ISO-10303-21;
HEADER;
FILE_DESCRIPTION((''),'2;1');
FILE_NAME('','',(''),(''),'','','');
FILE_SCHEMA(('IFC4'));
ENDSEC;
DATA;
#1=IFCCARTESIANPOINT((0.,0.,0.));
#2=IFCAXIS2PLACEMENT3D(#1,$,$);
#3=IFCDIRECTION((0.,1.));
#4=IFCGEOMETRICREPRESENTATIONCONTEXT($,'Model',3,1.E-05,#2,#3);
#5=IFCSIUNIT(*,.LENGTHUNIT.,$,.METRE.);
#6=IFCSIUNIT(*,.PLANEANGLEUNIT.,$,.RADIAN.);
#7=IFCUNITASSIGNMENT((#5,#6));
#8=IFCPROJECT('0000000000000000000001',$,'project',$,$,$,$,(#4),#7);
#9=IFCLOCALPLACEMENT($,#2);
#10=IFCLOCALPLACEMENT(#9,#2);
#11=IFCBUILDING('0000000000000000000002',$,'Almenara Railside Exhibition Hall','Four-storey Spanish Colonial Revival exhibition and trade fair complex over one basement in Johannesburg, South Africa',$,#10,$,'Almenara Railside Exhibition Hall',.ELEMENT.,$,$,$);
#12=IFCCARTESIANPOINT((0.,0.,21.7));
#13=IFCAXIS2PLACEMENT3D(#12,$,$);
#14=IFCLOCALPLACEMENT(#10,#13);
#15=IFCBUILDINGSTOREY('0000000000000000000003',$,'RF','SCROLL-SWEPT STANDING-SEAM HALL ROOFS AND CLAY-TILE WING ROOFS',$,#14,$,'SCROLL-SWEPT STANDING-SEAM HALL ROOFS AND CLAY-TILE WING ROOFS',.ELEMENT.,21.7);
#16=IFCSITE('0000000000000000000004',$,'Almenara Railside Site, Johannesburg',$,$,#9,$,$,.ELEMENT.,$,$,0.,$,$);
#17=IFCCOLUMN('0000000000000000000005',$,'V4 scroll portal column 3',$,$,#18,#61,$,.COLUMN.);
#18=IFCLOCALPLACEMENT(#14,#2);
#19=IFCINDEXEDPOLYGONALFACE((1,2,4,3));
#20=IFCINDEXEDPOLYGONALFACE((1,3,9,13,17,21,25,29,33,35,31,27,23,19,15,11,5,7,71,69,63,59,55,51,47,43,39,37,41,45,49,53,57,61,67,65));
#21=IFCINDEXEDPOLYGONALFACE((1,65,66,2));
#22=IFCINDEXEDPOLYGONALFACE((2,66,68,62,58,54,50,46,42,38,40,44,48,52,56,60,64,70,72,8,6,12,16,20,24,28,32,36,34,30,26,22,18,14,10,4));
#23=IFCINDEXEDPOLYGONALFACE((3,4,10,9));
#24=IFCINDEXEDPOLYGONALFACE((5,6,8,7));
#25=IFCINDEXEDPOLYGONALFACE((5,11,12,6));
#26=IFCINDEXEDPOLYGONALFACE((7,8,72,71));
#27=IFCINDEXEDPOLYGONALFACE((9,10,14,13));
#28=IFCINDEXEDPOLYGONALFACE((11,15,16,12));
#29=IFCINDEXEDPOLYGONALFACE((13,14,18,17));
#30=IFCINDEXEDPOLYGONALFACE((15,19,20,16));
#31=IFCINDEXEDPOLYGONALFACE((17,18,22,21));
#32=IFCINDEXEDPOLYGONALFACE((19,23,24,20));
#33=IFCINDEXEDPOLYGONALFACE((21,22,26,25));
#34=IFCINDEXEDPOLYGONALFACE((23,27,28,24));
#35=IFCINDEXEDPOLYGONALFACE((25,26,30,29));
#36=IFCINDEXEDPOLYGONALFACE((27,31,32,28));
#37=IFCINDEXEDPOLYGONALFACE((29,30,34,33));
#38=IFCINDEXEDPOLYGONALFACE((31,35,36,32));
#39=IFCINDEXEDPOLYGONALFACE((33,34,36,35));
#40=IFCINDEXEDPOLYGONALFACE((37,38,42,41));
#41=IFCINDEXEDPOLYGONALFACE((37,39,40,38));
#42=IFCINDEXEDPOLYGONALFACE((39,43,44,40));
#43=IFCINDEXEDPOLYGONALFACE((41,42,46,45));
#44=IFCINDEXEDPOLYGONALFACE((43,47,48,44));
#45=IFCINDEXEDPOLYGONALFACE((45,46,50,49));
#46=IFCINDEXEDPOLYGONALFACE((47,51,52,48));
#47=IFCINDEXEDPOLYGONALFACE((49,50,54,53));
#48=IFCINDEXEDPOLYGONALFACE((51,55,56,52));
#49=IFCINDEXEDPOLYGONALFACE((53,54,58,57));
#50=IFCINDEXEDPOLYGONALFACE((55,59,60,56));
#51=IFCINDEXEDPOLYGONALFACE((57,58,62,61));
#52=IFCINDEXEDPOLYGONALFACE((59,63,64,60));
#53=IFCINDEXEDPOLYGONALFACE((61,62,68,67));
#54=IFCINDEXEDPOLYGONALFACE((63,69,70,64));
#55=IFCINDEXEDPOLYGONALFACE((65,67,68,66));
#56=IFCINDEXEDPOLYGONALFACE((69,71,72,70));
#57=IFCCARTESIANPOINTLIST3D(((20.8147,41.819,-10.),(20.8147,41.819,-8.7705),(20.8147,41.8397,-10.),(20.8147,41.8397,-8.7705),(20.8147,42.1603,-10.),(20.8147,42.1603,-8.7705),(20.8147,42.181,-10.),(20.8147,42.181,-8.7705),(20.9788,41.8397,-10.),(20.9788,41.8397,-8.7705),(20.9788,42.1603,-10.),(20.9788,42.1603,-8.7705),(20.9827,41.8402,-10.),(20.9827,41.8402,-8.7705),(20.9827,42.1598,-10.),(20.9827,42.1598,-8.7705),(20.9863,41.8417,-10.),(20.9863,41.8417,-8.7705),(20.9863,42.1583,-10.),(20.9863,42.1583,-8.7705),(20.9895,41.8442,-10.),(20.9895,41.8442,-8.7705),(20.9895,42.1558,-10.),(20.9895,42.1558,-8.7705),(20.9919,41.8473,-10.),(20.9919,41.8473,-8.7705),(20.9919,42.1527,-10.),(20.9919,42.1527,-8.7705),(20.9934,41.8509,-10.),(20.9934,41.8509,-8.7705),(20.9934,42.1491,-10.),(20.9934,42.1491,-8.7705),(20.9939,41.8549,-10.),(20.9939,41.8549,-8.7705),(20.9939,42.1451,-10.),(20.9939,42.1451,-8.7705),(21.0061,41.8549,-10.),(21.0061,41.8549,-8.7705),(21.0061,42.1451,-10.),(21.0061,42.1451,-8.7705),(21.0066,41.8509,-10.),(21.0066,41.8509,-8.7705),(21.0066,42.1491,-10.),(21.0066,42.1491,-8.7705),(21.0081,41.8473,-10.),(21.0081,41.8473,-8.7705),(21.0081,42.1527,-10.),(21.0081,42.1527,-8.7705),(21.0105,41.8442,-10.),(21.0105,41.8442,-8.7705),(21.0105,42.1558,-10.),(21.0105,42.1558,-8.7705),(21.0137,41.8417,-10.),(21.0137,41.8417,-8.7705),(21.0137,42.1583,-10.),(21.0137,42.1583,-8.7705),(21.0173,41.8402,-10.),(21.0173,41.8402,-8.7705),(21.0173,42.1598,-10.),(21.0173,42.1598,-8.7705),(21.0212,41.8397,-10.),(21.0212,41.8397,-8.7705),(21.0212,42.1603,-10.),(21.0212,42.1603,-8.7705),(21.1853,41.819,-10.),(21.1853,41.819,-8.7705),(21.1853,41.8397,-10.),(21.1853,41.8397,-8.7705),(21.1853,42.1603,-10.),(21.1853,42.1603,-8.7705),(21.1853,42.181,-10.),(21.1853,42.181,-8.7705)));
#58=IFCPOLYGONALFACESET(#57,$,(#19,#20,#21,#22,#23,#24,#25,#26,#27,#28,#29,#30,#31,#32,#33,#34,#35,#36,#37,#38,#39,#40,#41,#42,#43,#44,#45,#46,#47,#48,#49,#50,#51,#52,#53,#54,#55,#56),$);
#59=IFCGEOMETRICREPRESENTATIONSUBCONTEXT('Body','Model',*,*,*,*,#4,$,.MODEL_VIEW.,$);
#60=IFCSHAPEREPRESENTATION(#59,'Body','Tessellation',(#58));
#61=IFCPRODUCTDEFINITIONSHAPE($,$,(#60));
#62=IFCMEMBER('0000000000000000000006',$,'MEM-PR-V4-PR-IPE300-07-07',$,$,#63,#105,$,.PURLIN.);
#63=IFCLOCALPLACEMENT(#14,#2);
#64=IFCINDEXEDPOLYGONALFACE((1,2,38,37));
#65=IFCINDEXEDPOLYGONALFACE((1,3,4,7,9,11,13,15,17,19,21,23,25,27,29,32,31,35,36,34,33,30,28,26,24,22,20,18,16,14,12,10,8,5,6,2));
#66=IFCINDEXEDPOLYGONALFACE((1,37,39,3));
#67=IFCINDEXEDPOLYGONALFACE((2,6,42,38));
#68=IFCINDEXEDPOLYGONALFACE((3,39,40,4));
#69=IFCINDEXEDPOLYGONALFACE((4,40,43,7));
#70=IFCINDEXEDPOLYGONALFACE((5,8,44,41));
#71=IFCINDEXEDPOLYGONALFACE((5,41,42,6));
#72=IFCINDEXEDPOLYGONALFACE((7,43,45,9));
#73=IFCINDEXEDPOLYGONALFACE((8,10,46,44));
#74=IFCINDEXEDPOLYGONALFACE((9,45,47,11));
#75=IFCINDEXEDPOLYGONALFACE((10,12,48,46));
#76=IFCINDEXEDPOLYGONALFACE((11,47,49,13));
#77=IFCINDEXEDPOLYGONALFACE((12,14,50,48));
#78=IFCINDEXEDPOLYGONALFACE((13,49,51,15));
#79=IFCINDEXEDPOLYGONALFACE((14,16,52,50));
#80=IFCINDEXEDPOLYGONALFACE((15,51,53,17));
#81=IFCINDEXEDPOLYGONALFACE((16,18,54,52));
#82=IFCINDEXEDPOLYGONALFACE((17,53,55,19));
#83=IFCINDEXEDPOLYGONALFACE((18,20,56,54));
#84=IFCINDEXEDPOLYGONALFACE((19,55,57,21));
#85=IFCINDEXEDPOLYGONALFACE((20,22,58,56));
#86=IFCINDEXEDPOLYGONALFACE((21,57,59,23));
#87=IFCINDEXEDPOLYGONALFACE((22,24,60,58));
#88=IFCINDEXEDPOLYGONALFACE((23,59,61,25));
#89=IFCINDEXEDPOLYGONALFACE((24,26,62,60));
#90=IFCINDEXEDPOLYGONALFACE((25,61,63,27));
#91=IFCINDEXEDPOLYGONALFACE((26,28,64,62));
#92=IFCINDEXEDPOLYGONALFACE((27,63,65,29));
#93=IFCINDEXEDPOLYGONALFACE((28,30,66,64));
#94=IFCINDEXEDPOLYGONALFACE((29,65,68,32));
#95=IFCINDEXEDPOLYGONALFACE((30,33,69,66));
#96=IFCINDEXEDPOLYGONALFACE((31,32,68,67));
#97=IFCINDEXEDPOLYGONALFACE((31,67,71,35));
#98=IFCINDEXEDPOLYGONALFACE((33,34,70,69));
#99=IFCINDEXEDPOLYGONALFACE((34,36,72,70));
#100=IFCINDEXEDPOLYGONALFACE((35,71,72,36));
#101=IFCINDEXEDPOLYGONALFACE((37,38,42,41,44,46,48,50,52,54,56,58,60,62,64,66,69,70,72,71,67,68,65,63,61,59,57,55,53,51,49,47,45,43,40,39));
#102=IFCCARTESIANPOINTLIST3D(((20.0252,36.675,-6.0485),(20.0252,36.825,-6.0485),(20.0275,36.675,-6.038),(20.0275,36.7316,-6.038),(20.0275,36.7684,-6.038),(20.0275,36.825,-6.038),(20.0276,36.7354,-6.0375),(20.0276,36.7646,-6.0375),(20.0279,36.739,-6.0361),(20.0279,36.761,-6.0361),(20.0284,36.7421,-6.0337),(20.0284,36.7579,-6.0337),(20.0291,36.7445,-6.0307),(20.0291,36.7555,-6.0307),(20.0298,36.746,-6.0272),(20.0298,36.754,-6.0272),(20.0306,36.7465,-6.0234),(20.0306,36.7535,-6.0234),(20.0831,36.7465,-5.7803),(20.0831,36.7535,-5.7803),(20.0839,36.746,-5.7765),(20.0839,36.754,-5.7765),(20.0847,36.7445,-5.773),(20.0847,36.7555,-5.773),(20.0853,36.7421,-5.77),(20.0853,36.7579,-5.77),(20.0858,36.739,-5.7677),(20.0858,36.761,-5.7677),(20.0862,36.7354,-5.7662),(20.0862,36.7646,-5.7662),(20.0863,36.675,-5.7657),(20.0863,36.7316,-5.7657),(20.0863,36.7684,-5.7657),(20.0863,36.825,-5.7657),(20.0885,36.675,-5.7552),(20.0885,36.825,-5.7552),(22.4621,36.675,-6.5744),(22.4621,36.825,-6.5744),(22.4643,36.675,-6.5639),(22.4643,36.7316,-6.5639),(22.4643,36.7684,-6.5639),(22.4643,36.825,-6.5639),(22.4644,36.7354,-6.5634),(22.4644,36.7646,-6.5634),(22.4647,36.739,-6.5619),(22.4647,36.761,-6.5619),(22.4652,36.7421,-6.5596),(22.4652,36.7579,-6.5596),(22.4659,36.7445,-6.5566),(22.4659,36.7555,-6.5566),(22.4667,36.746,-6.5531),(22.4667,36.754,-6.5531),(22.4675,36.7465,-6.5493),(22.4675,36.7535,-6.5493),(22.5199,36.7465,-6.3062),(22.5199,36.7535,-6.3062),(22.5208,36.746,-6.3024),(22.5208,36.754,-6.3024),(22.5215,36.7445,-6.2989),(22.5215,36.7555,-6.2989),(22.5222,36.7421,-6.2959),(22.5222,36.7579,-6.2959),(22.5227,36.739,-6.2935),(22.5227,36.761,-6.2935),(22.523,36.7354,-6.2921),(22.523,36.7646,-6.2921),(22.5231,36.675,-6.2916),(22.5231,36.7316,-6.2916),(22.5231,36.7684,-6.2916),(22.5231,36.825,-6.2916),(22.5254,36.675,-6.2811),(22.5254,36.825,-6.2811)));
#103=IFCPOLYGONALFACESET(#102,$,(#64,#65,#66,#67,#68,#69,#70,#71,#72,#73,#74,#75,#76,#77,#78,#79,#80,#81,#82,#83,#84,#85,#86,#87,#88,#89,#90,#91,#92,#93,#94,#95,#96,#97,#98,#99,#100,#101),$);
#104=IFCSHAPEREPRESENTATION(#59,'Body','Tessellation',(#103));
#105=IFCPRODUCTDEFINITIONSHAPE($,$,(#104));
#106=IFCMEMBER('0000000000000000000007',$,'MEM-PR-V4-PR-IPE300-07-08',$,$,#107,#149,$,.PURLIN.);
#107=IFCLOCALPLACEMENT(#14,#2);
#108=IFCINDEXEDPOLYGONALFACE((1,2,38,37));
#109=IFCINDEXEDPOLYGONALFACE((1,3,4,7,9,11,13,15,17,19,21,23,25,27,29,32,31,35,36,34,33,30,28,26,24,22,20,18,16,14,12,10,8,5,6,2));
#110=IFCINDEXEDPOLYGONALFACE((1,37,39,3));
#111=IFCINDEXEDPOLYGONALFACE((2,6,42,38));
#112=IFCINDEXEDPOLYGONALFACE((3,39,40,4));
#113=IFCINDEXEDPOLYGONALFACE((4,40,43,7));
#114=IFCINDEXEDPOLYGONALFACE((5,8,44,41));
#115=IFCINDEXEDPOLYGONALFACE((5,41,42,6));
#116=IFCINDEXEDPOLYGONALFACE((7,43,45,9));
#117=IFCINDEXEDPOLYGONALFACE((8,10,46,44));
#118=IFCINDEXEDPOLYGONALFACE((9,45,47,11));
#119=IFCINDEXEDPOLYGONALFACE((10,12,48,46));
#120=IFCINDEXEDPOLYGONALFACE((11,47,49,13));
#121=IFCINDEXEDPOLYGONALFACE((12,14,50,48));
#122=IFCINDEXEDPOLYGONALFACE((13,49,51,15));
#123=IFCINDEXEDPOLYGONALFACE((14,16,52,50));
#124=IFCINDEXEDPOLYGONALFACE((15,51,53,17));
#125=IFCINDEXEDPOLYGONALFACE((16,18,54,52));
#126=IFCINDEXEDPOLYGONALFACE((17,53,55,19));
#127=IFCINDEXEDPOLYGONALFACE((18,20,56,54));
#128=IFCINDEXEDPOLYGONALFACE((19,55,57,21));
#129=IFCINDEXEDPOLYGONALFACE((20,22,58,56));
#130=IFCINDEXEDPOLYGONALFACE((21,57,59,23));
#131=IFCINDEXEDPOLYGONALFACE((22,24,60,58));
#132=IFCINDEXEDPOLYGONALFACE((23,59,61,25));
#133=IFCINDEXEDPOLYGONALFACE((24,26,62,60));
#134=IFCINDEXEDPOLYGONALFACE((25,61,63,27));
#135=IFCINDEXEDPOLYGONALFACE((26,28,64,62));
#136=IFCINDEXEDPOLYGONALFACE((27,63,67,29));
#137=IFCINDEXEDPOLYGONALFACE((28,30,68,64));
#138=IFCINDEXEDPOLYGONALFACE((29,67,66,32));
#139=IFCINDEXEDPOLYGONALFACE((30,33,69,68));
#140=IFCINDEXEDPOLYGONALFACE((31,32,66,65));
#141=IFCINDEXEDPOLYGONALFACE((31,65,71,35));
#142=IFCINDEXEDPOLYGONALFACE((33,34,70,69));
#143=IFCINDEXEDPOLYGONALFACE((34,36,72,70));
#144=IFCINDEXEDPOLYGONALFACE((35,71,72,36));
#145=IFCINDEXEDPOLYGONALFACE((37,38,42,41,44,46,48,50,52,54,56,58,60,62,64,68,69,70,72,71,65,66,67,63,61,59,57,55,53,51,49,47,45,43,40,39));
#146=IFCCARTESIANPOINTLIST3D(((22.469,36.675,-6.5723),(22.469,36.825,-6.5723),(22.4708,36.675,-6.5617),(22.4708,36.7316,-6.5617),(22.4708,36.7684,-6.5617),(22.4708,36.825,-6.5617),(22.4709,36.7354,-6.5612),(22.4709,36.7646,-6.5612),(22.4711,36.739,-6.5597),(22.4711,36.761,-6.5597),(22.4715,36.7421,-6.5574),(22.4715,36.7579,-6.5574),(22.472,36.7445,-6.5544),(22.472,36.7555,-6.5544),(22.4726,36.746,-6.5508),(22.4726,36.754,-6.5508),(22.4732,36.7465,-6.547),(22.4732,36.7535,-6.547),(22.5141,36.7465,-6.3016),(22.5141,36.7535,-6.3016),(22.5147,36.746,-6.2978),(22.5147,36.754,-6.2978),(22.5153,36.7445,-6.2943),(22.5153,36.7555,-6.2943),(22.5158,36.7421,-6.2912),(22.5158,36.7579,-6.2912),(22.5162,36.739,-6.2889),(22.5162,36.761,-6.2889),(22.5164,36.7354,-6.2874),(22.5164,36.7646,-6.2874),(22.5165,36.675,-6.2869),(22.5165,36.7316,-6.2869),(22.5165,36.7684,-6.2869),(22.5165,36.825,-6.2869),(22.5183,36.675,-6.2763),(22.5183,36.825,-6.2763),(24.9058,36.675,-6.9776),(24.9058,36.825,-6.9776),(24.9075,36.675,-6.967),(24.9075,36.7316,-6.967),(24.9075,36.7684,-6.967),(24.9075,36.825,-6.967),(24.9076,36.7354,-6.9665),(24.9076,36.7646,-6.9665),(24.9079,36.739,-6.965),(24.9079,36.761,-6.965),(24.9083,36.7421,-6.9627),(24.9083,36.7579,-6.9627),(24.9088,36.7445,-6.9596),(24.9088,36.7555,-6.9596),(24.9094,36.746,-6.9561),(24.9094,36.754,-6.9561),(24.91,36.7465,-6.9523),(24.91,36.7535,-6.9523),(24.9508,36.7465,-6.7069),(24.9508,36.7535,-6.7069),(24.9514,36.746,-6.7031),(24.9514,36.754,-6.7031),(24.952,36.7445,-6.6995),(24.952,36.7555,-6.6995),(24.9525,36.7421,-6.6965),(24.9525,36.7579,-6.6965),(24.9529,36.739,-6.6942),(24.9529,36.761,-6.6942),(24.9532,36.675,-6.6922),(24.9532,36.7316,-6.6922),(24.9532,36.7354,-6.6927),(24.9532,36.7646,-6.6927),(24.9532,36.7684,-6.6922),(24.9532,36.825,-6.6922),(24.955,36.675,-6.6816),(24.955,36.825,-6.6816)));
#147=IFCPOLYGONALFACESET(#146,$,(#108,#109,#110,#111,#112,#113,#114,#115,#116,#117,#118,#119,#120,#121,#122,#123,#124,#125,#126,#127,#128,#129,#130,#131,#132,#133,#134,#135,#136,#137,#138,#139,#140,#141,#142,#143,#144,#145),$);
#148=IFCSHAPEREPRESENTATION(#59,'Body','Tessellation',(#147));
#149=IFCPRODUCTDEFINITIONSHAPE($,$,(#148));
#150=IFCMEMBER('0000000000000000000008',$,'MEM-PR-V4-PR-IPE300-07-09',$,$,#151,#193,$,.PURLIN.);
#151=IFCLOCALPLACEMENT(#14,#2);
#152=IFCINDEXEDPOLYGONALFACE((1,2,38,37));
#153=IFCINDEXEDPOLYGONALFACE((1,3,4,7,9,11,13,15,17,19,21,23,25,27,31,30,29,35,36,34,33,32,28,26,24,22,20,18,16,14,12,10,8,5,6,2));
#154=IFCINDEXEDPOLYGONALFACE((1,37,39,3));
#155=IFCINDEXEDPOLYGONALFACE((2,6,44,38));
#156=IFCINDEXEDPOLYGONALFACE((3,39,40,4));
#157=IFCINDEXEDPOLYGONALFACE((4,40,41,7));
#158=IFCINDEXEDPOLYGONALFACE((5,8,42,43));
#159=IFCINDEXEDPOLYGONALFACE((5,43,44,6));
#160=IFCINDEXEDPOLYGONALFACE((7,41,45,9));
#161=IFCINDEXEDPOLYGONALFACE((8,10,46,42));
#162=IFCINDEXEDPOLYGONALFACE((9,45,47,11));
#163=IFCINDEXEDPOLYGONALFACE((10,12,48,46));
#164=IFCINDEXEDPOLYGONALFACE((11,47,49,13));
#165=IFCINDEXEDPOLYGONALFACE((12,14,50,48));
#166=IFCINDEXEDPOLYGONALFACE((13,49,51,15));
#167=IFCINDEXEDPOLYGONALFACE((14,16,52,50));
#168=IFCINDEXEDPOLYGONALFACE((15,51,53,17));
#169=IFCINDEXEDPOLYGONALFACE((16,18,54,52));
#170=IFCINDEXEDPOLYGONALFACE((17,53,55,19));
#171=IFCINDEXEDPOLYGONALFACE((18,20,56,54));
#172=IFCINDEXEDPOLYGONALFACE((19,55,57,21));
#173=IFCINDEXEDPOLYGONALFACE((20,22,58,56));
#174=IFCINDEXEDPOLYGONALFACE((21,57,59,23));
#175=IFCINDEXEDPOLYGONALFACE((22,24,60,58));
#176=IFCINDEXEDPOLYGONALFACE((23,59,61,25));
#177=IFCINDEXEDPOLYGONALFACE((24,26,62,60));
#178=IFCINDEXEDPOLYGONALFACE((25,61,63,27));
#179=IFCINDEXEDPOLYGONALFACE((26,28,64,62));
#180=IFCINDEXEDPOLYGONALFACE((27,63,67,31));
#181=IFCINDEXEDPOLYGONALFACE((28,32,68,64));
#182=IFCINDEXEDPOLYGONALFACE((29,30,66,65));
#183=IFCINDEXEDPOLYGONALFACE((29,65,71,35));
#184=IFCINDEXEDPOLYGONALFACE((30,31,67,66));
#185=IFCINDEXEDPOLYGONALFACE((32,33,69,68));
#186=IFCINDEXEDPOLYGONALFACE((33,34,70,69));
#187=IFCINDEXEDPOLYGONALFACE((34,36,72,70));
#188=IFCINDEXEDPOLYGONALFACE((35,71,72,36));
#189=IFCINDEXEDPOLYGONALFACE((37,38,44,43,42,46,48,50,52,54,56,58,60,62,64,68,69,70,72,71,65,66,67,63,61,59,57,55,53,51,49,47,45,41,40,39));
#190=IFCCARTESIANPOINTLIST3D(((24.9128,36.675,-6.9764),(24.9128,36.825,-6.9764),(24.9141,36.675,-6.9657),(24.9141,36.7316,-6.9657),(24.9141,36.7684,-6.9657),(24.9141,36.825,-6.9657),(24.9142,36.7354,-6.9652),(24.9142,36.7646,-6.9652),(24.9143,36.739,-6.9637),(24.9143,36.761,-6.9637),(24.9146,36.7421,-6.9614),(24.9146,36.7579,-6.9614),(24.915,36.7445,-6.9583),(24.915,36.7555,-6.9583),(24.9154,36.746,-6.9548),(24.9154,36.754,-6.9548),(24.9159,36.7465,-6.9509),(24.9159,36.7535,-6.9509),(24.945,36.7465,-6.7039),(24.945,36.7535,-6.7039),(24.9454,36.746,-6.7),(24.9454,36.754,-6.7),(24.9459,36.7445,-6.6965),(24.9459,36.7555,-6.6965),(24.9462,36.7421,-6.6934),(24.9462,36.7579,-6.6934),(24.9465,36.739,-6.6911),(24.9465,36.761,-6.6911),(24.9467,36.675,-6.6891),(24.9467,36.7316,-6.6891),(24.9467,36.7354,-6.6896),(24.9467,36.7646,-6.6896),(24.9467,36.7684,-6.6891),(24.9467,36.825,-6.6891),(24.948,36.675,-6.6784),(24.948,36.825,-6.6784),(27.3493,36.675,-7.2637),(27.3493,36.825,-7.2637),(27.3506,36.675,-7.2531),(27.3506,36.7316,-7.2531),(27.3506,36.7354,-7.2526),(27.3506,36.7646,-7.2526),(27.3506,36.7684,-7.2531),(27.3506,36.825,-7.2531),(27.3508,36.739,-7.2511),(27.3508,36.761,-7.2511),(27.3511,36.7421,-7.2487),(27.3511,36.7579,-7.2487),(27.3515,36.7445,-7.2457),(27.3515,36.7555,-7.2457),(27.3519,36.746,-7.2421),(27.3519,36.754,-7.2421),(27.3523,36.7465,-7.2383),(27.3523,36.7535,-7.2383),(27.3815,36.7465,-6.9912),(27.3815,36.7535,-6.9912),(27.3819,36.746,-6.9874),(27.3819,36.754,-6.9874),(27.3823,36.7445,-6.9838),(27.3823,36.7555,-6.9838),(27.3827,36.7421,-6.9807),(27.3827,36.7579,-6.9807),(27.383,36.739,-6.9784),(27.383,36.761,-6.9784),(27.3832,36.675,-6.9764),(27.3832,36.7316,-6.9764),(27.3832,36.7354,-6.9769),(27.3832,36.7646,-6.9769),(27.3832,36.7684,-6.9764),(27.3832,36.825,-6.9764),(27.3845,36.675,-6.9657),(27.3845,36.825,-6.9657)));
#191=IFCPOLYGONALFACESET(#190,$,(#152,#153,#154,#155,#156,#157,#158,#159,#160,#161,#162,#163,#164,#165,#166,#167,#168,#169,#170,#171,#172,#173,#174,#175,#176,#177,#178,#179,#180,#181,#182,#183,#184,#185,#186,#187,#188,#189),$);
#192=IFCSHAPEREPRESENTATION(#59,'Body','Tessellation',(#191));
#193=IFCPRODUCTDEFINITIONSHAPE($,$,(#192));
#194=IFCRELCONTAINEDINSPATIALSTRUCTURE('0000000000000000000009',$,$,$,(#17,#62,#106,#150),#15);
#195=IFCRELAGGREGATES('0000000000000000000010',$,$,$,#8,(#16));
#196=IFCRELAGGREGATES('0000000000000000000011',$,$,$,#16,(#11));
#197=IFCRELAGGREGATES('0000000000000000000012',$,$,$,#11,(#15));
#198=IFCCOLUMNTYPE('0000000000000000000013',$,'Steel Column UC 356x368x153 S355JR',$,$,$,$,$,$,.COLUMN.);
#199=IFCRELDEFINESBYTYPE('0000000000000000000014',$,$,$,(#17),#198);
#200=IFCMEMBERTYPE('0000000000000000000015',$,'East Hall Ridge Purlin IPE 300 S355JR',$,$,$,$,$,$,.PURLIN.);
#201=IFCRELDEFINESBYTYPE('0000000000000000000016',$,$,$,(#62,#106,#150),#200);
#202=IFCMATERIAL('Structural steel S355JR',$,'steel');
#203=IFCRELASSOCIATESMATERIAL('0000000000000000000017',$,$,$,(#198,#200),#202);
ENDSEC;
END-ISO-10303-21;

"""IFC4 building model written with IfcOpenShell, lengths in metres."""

from ifc_helpers import new_model, si_unit, direction, frame, origin, origin_2d, place, context, subcontext, project, spatial, i_section, extrude, material, material_profile, profile_set, type_object, element, save


model = new_model("IFC4")

# Units and contexts
model_context = context("Model", 3, precision=1e-05, world=origin(), true_north=direction((0.0, 1.0)))
body_context = subcontext(model_context, "Body", "Model", "MODEL_VIEW")
ifc_project = project(units=[si_unit("LENGTHUNIT", "METRE"), si_unit("PLANEANGLEUNIT", "RADIAN")], contexts=[model_context])

# Site, building, storey
site_placement = place(None, origin())
site = spatial("IfcSite", under=ifc_project, at=site_placement, Name="Almenara Railside Site, Johannesburg", CompositionType="ELEMENT", RefElevation=0.0)
building_placement = place(site_placement, origin())
building = spatial("IfcBuilding", under=site, at=building_placement, Name="Almenara Railside Exhibition Hall", Description="Four-storey Spanish Colonial Revival exhibition and trade fair complex over one basement in Johannesburg, South Africa", LongName="Almenara Railside Exhibition Hall", CompositionType="ELEMENT")
storey_placement = place(building_placement, frame((0.0, 0.0, 21.7)))
storey = spatial("IfcBuildingStorey", under=building, at=storey_placement, Name="RF", Description="SCROLL-SWEPT STANDING-SEAM HALL ROOFS AND CLAY-TILE WING ROOFS", LongName="SCROLL-SWEPT STANDING-SEAM HALL ROOFS AND CLAY-TILE WING ROOFS", CompositionType="ELEMENT", Elevation=21.7)

# Column
ifc_material_1 = material(Name="Structural steel S355JR", Category="steel")
ifc_material_profile_1 = material_profile(ifc_material_1, i_section(OverallWidth=0.3706, OverallDepth=0.3621, WebThickness=0.0122, FlangeThickness=0.0208, FilletRadius=0.0151, at=origin_2d()), Name="UC 356x368x153")
ifc_profile_set_1 = profile_set([ifc_material_profile_1], Name="Structural steel S355JR")
column_type = type_object("IfcColumnType", Name="Steel Column UC 356x368x153 S355JR", PredefinedType="COLUMN", material=ifc_profile_set_1)
column_placement = place(storey_placement, frame((21.0, 42.0, -10.0), z_axis=(0.0, 0.0, 1.0), x_axis=(1.0, 0.0, 0.0)))
element("IfcColumn", 1, at=column_placement, inside=storey, type_object=column_type, Name="V4 scroll portal column 3", PredefinedType="COLUMN", context=body_context, shape_type="SweptSolid", body=[
    extrude(i_section(OverallWidth=0.3706, OverallDepth=0.3621, WebThickness=0.0122, FlangeThickness=0.0208, FilletRadius=0.0151, at=origin_2d()), origin(), (0.0, 0.0, 1.0), 1.2295),
])

# Members
ifc_material_profile_2 = material_profile(ifc_material_1, i_section(OverallWidth=0.1499, OverallDepth=0.3, WebThickness=0.0071, FlangeThickness=0.0107, FilletRadius=0.0149, at=origin_2d()), Name="IPE 300")
ifc_profile_set_2 = profile_set([ifc_material_profile_2], Name="Structural steel S355JR")
member_type_1 = type_object("IfcMemberType", Name="East Hall Ridge Purlin IPE 300 S355JR", PredefinedType="PURLIN", material=ifc_profile_set_2)
member_1_placement = place(storey_placement, frame((20.0569, 36.75, -5.9019), z_axis=(0.977496, 0.0, -0.210953), x_axis=(0.0, 1.0, 0.0)))
element("IfcMember", 2, at=member_1_placement, inside=storey, type_object=member_type_1, Name="MEM-PR-V4-PR-IPE300-07-07", PredefinedType="PURLIN", context=body_context, shape_type="SweptSolid", body=[
    extrude(i_section(OverallWidth=0.1499, OverallDepth=0.3, WebThickness=0.0071, FlangeThickness=0.0107, FilletRadius=0.0149, at=origin_2d()), origin(), (0.0, 0.0, 1.0), 2.4929),
])
member_2_placement = place(storey_placement, frame((22.4937, 36.75, -6.4243), z_axis=(0.98645, 0.0, -0.164062), x_axis=(0.0, 1.0, 0.0)))
element("IfcMember", 3, at=member_2_placement, inside=storey, type_object=member_type_1, Name="MEM-PR-V4-PR-IPE300-07-08", PredefinedType="PURLIN", context=body_context, shape_type="SweptSolid", body=[
    extrude(i_section(OverallWidth=0.1499, OverallDepth=0.3, WebThickness=0.0071, FlangeThickness=0.0107, FilletRadius=0.0149, at=origin_2d()), origin(), (0.0, 0.0, 1.0), 2.4702),
])
member_3_placement = place(storey_placement, frame((24.9304, 36.75, -6.8274), z_axis=(0.993117, 0.0, -0.117124), x_axis=(0.0, 1.0, 0.0)))
element("IfcMember", 4, at=member_3_placement, inside=storey, type_object=member_type_1, Name="MEM-PR-V4-PR-IPE300-07-09", PredefinedType="PURLIN", context=body_context, shape_type="SweptSolid", body=[
    extrude(i_section(OverallWidth=0.1499, OverallDepth=0.3, WebThickness=0.0071, FlangeThickness=0.0107, FilletRadius=0.0149, at=origin_2d()), origin(), (0.0, 0.0, 1.0), 2.4534),
])

save(model, "model.ifc")
